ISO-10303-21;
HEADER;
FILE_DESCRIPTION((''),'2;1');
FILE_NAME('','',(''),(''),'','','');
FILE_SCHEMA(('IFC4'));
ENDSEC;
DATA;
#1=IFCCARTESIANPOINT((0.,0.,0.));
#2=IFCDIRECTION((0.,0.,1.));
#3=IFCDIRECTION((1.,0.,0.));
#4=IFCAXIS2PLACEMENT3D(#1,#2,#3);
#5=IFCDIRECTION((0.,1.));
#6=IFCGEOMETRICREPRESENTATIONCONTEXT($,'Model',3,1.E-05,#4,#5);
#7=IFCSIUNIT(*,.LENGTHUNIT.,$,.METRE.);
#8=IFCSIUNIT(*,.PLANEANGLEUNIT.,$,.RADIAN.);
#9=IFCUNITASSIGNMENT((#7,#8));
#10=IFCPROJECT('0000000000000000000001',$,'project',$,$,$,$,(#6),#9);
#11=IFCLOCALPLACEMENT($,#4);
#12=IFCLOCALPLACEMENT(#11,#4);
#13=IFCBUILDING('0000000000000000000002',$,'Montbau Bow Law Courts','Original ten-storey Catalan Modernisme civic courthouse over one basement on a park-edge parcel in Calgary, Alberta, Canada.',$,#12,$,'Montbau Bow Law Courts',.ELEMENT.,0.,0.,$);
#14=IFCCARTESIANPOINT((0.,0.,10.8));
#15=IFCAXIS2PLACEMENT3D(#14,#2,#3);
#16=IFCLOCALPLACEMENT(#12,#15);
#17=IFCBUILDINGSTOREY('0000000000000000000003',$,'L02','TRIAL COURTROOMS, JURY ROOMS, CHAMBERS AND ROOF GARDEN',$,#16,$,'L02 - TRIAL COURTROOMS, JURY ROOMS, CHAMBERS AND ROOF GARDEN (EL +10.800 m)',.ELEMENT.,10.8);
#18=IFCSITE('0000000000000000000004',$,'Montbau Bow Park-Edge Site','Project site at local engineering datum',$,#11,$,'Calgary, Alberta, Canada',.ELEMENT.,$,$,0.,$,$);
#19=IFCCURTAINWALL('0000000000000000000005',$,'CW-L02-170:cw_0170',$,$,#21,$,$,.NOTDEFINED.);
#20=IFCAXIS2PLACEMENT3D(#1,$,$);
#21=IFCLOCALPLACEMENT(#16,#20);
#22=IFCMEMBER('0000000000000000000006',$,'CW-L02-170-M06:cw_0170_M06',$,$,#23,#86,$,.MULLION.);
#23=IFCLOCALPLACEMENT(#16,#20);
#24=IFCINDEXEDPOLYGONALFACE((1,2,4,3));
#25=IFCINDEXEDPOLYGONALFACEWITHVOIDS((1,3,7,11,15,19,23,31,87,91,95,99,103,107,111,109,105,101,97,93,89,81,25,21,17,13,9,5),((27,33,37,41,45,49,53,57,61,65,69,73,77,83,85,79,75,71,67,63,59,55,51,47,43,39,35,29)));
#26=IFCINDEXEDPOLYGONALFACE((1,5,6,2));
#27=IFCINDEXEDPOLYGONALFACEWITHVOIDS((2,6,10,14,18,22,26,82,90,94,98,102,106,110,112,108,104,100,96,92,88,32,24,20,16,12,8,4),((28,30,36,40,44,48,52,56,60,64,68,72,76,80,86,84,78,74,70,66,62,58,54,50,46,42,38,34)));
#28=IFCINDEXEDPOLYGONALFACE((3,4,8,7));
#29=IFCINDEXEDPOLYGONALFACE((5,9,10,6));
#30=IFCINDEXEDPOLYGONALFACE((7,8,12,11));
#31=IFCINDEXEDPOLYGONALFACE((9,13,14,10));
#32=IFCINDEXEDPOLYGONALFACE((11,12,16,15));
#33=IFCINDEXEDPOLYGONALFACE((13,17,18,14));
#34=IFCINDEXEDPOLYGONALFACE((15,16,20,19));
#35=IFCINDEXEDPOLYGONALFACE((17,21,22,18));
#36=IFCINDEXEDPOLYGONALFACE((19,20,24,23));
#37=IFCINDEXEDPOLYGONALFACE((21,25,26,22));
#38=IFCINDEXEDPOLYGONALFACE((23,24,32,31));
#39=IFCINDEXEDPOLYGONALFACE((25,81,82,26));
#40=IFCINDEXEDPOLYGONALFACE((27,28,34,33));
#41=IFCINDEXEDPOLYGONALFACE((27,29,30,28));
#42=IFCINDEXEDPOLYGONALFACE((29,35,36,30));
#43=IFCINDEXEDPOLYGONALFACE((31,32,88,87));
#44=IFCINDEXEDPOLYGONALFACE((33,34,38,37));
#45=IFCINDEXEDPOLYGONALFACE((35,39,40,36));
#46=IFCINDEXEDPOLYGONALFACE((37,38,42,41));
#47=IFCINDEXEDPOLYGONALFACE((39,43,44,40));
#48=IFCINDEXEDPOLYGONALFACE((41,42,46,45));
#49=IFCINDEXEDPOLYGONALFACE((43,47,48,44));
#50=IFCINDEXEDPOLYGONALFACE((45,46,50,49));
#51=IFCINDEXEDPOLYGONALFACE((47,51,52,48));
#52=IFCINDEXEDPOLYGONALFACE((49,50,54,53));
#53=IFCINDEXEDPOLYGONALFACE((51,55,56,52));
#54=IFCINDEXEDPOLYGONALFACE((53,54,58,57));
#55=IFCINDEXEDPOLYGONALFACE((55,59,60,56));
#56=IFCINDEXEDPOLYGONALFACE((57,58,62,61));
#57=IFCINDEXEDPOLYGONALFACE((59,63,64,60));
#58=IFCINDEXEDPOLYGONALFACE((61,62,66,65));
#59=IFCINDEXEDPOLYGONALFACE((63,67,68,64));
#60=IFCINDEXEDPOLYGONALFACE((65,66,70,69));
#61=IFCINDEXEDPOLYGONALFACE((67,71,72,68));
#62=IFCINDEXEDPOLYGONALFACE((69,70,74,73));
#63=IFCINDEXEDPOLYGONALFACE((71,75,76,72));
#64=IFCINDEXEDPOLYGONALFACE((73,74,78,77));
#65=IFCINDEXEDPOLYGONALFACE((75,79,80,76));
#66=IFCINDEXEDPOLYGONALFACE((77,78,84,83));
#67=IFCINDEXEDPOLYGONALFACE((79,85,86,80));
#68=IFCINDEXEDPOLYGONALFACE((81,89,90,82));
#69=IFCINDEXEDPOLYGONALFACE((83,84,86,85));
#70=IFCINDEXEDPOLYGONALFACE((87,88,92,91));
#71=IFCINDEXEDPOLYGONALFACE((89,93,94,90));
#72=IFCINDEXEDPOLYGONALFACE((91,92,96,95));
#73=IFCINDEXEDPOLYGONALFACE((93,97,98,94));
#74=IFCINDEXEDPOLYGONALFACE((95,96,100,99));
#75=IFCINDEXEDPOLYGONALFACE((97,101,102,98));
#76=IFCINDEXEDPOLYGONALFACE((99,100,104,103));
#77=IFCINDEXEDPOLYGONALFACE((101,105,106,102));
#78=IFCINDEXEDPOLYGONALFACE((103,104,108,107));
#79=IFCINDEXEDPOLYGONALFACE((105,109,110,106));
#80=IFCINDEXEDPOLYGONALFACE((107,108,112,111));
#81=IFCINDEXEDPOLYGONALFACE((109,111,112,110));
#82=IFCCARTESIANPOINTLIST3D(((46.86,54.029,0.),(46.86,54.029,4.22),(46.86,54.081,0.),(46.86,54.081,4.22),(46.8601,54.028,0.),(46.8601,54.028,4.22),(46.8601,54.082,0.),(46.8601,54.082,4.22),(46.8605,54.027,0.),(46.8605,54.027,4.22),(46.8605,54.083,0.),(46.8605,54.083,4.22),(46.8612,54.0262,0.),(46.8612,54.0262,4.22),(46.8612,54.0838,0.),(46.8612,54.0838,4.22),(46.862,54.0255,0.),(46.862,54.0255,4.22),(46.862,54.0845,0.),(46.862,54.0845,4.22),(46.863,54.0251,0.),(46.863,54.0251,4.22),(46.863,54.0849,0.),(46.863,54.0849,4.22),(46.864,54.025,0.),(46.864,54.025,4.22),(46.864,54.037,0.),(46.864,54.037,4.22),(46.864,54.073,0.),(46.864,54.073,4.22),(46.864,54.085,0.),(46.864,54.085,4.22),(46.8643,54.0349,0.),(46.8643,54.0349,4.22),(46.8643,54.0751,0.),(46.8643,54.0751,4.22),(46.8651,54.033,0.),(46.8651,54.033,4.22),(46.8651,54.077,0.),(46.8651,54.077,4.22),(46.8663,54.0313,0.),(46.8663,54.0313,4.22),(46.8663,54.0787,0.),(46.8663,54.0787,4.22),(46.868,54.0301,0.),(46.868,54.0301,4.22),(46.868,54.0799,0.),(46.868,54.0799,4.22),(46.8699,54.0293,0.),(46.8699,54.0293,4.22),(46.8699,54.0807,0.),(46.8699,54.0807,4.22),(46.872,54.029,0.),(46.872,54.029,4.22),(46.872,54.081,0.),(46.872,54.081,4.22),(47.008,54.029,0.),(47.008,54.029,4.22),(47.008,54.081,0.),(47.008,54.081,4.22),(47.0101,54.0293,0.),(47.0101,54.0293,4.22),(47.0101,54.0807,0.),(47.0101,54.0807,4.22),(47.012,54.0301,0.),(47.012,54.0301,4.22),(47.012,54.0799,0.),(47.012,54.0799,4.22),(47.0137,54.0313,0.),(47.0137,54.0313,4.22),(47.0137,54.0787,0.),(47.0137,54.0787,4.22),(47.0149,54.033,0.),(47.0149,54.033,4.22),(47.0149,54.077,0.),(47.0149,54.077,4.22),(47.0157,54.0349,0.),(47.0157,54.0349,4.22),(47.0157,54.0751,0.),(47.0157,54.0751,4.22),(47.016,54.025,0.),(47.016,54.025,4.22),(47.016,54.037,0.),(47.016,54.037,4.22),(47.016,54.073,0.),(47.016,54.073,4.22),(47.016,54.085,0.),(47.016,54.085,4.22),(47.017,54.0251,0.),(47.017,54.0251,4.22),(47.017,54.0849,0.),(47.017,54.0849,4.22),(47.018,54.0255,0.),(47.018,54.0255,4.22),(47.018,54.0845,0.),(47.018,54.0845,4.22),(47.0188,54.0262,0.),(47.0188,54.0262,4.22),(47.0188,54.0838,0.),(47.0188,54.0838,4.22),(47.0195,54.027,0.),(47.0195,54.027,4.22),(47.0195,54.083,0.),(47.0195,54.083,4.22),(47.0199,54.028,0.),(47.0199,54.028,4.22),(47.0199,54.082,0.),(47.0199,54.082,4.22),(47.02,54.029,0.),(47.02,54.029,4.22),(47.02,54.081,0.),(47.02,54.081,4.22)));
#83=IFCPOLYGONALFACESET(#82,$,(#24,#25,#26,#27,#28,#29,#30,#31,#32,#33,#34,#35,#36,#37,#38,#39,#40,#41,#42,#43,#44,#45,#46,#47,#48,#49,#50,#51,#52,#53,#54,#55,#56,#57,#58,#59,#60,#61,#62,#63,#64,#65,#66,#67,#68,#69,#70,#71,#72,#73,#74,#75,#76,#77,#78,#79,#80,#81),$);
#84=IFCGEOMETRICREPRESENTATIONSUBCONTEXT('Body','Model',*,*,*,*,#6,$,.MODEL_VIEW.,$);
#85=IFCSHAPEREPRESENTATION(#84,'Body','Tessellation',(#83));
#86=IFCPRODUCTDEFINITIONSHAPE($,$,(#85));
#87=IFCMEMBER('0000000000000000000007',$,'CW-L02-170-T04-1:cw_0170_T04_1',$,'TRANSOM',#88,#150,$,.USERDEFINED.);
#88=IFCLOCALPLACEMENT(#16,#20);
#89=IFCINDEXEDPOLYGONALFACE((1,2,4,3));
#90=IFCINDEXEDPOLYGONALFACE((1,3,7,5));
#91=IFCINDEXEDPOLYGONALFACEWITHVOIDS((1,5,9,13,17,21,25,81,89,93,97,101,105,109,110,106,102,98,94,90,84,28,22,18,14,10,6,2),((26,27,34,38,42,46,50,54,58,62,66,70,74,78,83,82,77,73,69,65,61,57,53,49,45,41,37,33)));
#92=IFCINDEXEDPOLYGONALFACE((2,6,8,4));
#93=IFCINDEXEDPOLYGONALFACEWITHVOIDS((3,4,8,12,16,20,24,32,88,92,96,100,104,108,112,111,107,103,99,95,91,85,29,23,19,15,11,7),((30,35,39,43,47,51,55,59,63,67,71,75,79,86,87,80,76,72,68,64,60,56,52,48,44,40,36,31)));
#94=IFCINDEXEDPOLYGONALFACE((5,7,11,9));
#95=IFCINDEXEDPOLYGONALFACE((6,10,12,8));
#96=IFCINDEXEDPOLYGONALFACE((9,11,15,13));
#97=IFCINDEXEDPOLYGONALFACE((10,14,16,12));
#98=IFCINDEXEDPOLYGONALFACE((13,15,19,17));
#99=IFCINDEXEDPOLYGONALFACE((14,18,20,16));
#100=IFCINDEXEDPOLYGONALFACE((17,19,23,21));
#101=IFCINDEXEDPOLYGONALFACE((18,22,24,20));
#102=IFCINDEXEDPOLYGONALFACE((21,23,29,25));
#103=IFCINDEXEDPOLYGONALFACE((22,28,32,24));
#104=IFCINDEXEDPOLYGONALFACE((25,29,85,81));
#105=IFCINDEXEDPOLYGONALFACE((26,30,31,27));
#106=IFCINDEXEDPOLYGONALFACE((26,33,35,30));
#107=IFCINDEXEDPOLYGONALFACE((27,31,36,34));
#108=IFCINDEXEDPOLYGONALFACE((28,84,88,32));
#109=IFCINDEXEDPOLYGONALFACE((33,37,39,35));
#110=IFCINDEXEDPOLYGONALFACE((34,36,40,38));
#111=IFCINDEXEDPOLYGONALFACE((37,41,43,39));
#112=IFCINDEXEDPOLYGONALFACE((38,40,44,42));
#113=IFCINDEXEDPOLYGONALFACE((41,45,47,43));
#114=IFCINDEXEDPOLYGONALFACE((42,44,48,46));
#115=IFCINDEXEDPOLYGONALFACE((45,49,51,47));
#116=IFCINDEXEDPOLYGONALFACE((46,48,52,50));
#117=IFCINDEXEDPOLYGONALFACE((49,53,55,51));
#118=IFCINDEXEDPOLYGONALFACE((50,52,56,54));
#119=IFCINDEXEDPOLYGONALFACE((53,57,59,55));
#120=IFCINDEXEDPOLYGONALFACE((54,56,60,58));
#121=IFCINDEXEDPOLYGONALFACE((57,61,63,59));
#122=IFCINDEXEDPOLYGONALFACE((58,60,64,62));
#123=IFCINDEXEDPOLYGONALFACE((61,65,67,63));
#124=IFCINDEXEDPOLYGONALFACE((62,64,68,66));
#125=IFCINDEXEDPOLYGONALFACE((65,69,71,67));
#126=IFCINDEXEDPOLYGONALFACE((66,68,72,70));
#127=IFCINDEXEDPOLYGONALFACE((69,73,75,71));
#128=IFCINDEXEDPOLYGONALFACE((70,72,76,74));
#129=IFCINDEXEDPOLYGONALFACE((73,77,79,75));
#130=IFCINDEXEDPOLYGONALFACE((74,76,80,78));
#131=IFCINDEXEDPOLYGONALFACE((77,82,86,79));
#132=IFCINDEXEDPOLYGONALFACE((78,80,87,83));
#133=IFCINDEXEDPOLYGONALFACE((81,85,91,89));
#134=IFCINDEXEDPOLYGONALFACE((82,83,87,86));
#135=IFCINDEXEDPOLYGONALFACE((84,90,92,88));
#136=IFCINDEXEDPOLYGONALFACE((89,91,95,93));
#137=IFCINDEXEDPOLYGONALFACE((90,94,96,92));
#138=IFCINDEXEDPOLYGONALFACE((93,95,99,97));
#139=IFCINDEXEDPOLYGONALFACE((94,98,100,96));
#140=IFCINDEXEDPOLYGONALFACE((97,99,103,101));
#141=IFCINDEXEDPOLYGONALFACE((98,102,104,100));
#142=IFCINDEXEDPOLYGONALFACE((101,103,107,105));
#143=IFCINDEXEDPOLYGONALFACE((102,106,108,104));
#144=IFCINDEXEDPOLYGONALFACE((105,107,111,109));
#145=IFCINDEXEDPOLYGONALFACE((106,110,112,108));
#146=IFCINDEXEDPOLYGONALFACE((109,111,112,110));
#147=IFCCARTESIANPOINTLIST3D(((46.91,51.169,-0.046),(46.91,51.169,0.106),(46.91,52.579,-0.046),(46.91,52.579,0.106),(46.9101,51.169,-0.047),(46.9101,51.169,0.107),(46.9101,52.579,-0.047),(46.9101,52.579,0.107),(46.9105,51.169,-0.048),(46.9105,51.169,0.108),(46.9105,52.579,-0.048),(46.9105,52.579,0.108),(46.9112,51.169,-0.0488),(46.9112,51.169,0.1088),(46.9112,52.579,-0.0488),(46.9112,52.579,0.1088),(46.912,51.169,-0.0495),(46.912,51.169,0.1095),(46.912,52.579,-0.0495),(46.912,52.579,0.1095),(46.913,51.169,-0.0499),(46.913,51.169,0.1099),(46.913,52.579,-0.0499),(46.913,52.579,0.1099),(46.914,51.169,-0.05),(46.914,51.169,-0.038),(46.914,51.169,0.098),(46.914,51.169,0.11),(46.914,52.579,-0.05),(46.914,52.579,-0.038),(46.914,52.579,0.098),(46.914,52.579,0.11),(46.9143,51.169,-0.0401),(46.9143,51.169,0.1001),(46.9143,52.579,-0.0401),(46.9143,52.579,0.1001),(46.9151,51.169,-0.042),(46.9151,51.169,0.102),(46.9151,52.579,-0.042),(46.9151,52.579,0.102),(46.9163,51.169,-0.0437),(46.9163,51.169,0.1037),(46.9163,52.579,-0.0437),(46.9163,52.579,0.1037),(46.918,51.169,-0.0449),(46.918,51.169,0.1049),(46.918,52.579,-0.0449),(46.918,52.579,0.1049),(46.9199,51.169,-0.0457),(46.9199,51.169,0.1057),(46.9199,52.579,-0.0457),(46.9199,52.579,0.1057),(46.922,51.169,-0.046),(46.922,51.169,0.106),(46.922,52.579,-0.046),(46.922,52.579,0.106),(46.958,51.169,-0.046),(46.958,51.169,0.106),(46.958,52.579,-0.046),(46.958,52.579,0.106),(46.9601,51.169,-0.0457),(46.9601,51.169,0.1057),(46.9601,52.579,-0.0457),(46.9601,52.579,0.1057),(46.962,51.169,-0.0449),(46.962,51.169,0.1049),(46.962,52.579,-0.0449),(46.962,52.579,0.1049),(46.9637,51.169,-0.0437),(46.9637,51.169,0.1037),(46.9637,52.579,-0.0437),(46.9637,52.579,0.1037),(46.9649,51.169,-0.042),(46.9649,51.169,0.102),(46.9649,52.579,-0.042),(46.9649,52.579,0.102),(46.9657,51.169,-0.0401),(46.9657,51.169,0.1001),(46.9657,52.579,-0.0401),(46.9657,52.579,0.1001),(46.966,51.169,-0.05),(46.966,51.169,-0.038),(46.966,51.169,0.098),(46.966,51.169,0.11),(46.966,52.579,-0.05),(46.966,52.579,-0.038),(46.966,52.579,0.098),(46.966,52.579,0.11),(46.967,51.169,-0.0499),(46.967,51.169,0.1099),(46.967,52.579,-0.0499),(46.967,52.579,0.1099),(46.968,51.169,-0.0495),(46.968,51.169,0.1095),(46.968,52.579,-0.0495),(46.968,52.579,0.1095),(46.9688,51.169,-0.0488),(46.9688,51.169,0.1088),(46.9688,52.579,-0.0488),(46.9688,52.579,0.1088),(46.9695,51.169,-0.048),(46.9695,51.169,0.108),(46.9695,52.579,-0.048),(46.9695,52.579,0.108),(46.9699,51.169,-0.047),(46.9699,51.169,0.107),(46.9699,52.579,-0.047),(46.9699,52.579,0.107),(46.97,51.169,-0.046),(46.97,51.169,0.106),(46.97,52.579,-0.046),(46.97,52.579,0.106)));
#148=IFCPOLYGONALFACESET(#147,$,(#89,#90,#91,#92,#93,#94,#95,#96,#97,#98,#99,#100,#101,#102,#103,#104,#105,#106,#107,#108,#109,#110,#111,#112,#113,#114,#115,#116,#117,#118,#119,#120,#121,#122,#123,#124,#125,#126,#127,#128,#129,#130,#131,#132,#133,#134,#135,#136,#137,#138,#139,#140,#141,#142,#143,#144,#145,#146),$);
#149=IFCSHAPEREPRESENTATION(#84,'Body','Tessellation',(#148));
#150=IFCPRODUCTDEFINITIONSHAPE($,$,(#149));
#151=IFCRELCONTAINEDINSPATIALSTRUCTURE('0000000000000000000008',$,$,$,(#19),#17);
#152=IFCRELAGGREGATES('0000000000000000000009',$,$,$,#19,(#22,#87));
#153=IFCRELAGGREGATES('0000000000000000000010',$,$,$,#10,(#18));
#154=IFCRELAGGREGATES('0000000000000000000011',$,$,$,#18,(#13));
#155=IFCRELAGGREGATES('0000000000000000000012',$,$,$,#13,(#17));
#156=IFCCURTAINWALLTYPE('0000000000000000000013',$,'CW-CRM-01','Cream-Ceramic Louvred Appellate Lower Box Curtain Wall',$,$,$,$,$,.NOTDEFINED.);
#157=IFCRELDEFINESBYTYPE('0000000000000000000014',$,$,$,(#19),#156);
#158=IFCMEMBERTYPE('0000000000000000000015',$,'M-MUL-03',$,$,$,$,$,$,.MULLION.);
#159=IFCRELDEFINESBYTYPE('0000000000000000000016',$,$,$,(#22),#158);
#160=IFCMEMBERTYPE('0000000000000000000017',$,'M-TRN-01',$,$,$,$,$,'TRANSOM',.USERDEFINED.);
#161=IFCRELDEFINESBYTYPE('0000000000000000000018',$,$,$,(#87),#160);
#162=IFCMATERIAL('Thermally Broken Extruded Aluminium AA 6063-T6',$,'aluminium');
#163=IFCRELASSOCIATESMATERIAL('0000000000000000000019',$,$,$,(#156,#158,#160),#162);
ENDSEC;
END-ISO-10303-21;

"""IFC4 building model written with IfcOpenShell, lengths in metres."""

from ifc_helpers import new_model, si_unit, direction, frame, origin_with_axes, origin_2d_with_axis, place, context, subcontext, project, spatial, hollow_rectangle, extrude, material, material_profile, profile_set, type_object, element, aggregate, save


model = new_model("IFC4")

# Units and contexts
model_context = context("Model", 3, precision=1e-05, world=origin_with_axes(), true_north=direction((0.0, 1.0)))
body_context = subcontext(model_context, "Body", "Model", "MODEL_VIEW")
ifc_project = project(units=[si_unit("LENGTHUNIT", "METRE"), si_unit("PLANEANGLEUNIT", "RADIAN")], contexts=[model_context])

# Site, building, storey
site_placement = place(None, origin_with_axes())
site = spatial("IfcSite", under=ifc_project, at=site_placement, Name="Montbau Bow Park-Edge Site", Description="Project site at local engineering datum", LongName="Calgary, Alberta, Canada", CompositionType="ELEMENT", RefElevation=0.0)
building_placement = place(site_placement, origin_with_axes())
building = spatial("IfcBuilding", under=site, at=building_placement, Name="Montbau Bow Law Courts", Description="Original ten-storey Catalan Modernisme civic courthouse over one basement on a park-edge parcel in Calgary, Alberta, Canada.", LongName="Montbau Bow Law Courts", CompositionType="ELEMENT", ElevationOfRefHeight=0.0, ElevationOfTerrain=0.0)
storey_placement = place(building_placement, frame((0.0, 0.0, 10.8), z_axis=(0.0, 0.0, 1.0), x_axis=(1.0, 0.0, 0.0)))
storey = spatial("IfcBuildingStorey", under=building, at=storey_placement, Name="L02", Description="TRIAL COURTROOMS, JURY ROOMS, CHAMBERS AND ROOF GARDEN", LongName="L02 - TRIAL COURTROOMS, JURY ROOMS, CHAMBERS AND ROOF GARDEN (EL +10.800 m)", CompositionType="ELEMENT", Elevation=10.8)

# Curtain wall, members
ifc_material_1 = material(Name="Thermally Broken Extruded Aluminium AA 6063-T6", Category="aluminium")
curtain_wall_type = type_object("IfcCurtainWallType", Name="CW-CRM-01", Description="Cream-Ceramic Louvred Appellate Lower Box Curtain Wall", PredefinedType="NOTDEFINED", material=ifc_material_1)
curtain_wall_placement = place(None, frame((46.94, 46.715, 10.8), z_axis=(0.0, 0.0, 1.0), x_axis=(1.0, 0.0, 0.0)))
curtain_wall = element("IfcCurtainWall", 1, at=curtain_wall_placement, inside=storey, type_object=curtain_wall_type, Name="CW-L02-170:cw_0170", PredefinedType="NOTDEFINED")
ifc_material_profile_1 = material_profile(ifc_material_1, hollow_rectangle(XDim=0.06, YDim=0.16, WallThickness=0.004, InnerFilletRadius=0.008, OuterFilletRadius=0.004, at=origin_2d_with_axis()), Name="CWM-160X60", Category="Main", Priority=0)
ifc_profile_set_1 = profile_set([ifc_material_profile_1], Name="Thermally Broken Extruded Aluminium AA 6063-T6")
member_type_1 = type_object("IfcMemberType", Name="M-MUL-03", PredefinedType="MULLION", material=ifc_profile_set_1)
member_1_placement = place(None, frame((46.94, 54.055, 10.8), z_axis=(0.0, 0.0, 1.0), x_axis=(0.0, 1.0, 0.0)))
member_1 = element("IfcMember", 2, at=member_1_placement, type_object=member_type_1, Name="CW-L02-170-M06:cw_0170_M06", PredefinedType="MULLION", context=body_context, shape_type="SweptSolid", body=[
    extrude(hollow_rectangle(XDim=0.06, YDim=0.16, WallThickness=0.004, InnerFilletRadius=0.008, OuterFilletRadius=0.004, at=origin_2d_with_axis()), origin_with_axes(), (0.0, 0.0, 1.0), 4.22),
])
ifc_material_profile_2 = material_profile(ifc_material_1, hollow_rectangle(XDim=0.06, YDim=0.16, WallThickness=0.004, InnerFilletRadius=0.008, OuterFilletRadius=0.004, at=origin_2d_with_axis()), Name="CWT-160X60", Category="Main", Priority=0)
ifc_profile_set_2 = profile_set([ifc_material_profile_2], Name="Thermally Broken Extruded Aluminium AA 6063-T6")
member_type_2 = type_object("IfcMemberType", Name="M-TRN-01", ElementType="TRANSOM", PredefinedType="USERDEFINED", material=ifc_profile_set_2)
member_2_placement = place(None, frame((46.94, 51.169, 10.83), z_axis=(0.0, 1.0, 0.0), x_axis=(-1.0, 0.0, 0.0)))
member_2 = element("IfcMember", 3, at=member_2_placement, type_object=member_type_2, Name="CW-L02-170-T04-1:cw_0170_T04_1", ObjectType="TRANSOM", PredefinedType="USERDEFINED", context=body_context, shape_type="SweptSolid", body=[
    extrude(hollow_rectangle(XDim=0.06, YDim=0.16, WallThickness=0.004, InnerFilletRadius=0.008, OuterFilletRadius=0.004, at=origin_2d_with_axis()), origin_with_axes(), (0.0, 0.0, 1.0), 1.41),
])
aggregate(curtain_wall, [member_1, member_2])

save(model, "model.ifc")
